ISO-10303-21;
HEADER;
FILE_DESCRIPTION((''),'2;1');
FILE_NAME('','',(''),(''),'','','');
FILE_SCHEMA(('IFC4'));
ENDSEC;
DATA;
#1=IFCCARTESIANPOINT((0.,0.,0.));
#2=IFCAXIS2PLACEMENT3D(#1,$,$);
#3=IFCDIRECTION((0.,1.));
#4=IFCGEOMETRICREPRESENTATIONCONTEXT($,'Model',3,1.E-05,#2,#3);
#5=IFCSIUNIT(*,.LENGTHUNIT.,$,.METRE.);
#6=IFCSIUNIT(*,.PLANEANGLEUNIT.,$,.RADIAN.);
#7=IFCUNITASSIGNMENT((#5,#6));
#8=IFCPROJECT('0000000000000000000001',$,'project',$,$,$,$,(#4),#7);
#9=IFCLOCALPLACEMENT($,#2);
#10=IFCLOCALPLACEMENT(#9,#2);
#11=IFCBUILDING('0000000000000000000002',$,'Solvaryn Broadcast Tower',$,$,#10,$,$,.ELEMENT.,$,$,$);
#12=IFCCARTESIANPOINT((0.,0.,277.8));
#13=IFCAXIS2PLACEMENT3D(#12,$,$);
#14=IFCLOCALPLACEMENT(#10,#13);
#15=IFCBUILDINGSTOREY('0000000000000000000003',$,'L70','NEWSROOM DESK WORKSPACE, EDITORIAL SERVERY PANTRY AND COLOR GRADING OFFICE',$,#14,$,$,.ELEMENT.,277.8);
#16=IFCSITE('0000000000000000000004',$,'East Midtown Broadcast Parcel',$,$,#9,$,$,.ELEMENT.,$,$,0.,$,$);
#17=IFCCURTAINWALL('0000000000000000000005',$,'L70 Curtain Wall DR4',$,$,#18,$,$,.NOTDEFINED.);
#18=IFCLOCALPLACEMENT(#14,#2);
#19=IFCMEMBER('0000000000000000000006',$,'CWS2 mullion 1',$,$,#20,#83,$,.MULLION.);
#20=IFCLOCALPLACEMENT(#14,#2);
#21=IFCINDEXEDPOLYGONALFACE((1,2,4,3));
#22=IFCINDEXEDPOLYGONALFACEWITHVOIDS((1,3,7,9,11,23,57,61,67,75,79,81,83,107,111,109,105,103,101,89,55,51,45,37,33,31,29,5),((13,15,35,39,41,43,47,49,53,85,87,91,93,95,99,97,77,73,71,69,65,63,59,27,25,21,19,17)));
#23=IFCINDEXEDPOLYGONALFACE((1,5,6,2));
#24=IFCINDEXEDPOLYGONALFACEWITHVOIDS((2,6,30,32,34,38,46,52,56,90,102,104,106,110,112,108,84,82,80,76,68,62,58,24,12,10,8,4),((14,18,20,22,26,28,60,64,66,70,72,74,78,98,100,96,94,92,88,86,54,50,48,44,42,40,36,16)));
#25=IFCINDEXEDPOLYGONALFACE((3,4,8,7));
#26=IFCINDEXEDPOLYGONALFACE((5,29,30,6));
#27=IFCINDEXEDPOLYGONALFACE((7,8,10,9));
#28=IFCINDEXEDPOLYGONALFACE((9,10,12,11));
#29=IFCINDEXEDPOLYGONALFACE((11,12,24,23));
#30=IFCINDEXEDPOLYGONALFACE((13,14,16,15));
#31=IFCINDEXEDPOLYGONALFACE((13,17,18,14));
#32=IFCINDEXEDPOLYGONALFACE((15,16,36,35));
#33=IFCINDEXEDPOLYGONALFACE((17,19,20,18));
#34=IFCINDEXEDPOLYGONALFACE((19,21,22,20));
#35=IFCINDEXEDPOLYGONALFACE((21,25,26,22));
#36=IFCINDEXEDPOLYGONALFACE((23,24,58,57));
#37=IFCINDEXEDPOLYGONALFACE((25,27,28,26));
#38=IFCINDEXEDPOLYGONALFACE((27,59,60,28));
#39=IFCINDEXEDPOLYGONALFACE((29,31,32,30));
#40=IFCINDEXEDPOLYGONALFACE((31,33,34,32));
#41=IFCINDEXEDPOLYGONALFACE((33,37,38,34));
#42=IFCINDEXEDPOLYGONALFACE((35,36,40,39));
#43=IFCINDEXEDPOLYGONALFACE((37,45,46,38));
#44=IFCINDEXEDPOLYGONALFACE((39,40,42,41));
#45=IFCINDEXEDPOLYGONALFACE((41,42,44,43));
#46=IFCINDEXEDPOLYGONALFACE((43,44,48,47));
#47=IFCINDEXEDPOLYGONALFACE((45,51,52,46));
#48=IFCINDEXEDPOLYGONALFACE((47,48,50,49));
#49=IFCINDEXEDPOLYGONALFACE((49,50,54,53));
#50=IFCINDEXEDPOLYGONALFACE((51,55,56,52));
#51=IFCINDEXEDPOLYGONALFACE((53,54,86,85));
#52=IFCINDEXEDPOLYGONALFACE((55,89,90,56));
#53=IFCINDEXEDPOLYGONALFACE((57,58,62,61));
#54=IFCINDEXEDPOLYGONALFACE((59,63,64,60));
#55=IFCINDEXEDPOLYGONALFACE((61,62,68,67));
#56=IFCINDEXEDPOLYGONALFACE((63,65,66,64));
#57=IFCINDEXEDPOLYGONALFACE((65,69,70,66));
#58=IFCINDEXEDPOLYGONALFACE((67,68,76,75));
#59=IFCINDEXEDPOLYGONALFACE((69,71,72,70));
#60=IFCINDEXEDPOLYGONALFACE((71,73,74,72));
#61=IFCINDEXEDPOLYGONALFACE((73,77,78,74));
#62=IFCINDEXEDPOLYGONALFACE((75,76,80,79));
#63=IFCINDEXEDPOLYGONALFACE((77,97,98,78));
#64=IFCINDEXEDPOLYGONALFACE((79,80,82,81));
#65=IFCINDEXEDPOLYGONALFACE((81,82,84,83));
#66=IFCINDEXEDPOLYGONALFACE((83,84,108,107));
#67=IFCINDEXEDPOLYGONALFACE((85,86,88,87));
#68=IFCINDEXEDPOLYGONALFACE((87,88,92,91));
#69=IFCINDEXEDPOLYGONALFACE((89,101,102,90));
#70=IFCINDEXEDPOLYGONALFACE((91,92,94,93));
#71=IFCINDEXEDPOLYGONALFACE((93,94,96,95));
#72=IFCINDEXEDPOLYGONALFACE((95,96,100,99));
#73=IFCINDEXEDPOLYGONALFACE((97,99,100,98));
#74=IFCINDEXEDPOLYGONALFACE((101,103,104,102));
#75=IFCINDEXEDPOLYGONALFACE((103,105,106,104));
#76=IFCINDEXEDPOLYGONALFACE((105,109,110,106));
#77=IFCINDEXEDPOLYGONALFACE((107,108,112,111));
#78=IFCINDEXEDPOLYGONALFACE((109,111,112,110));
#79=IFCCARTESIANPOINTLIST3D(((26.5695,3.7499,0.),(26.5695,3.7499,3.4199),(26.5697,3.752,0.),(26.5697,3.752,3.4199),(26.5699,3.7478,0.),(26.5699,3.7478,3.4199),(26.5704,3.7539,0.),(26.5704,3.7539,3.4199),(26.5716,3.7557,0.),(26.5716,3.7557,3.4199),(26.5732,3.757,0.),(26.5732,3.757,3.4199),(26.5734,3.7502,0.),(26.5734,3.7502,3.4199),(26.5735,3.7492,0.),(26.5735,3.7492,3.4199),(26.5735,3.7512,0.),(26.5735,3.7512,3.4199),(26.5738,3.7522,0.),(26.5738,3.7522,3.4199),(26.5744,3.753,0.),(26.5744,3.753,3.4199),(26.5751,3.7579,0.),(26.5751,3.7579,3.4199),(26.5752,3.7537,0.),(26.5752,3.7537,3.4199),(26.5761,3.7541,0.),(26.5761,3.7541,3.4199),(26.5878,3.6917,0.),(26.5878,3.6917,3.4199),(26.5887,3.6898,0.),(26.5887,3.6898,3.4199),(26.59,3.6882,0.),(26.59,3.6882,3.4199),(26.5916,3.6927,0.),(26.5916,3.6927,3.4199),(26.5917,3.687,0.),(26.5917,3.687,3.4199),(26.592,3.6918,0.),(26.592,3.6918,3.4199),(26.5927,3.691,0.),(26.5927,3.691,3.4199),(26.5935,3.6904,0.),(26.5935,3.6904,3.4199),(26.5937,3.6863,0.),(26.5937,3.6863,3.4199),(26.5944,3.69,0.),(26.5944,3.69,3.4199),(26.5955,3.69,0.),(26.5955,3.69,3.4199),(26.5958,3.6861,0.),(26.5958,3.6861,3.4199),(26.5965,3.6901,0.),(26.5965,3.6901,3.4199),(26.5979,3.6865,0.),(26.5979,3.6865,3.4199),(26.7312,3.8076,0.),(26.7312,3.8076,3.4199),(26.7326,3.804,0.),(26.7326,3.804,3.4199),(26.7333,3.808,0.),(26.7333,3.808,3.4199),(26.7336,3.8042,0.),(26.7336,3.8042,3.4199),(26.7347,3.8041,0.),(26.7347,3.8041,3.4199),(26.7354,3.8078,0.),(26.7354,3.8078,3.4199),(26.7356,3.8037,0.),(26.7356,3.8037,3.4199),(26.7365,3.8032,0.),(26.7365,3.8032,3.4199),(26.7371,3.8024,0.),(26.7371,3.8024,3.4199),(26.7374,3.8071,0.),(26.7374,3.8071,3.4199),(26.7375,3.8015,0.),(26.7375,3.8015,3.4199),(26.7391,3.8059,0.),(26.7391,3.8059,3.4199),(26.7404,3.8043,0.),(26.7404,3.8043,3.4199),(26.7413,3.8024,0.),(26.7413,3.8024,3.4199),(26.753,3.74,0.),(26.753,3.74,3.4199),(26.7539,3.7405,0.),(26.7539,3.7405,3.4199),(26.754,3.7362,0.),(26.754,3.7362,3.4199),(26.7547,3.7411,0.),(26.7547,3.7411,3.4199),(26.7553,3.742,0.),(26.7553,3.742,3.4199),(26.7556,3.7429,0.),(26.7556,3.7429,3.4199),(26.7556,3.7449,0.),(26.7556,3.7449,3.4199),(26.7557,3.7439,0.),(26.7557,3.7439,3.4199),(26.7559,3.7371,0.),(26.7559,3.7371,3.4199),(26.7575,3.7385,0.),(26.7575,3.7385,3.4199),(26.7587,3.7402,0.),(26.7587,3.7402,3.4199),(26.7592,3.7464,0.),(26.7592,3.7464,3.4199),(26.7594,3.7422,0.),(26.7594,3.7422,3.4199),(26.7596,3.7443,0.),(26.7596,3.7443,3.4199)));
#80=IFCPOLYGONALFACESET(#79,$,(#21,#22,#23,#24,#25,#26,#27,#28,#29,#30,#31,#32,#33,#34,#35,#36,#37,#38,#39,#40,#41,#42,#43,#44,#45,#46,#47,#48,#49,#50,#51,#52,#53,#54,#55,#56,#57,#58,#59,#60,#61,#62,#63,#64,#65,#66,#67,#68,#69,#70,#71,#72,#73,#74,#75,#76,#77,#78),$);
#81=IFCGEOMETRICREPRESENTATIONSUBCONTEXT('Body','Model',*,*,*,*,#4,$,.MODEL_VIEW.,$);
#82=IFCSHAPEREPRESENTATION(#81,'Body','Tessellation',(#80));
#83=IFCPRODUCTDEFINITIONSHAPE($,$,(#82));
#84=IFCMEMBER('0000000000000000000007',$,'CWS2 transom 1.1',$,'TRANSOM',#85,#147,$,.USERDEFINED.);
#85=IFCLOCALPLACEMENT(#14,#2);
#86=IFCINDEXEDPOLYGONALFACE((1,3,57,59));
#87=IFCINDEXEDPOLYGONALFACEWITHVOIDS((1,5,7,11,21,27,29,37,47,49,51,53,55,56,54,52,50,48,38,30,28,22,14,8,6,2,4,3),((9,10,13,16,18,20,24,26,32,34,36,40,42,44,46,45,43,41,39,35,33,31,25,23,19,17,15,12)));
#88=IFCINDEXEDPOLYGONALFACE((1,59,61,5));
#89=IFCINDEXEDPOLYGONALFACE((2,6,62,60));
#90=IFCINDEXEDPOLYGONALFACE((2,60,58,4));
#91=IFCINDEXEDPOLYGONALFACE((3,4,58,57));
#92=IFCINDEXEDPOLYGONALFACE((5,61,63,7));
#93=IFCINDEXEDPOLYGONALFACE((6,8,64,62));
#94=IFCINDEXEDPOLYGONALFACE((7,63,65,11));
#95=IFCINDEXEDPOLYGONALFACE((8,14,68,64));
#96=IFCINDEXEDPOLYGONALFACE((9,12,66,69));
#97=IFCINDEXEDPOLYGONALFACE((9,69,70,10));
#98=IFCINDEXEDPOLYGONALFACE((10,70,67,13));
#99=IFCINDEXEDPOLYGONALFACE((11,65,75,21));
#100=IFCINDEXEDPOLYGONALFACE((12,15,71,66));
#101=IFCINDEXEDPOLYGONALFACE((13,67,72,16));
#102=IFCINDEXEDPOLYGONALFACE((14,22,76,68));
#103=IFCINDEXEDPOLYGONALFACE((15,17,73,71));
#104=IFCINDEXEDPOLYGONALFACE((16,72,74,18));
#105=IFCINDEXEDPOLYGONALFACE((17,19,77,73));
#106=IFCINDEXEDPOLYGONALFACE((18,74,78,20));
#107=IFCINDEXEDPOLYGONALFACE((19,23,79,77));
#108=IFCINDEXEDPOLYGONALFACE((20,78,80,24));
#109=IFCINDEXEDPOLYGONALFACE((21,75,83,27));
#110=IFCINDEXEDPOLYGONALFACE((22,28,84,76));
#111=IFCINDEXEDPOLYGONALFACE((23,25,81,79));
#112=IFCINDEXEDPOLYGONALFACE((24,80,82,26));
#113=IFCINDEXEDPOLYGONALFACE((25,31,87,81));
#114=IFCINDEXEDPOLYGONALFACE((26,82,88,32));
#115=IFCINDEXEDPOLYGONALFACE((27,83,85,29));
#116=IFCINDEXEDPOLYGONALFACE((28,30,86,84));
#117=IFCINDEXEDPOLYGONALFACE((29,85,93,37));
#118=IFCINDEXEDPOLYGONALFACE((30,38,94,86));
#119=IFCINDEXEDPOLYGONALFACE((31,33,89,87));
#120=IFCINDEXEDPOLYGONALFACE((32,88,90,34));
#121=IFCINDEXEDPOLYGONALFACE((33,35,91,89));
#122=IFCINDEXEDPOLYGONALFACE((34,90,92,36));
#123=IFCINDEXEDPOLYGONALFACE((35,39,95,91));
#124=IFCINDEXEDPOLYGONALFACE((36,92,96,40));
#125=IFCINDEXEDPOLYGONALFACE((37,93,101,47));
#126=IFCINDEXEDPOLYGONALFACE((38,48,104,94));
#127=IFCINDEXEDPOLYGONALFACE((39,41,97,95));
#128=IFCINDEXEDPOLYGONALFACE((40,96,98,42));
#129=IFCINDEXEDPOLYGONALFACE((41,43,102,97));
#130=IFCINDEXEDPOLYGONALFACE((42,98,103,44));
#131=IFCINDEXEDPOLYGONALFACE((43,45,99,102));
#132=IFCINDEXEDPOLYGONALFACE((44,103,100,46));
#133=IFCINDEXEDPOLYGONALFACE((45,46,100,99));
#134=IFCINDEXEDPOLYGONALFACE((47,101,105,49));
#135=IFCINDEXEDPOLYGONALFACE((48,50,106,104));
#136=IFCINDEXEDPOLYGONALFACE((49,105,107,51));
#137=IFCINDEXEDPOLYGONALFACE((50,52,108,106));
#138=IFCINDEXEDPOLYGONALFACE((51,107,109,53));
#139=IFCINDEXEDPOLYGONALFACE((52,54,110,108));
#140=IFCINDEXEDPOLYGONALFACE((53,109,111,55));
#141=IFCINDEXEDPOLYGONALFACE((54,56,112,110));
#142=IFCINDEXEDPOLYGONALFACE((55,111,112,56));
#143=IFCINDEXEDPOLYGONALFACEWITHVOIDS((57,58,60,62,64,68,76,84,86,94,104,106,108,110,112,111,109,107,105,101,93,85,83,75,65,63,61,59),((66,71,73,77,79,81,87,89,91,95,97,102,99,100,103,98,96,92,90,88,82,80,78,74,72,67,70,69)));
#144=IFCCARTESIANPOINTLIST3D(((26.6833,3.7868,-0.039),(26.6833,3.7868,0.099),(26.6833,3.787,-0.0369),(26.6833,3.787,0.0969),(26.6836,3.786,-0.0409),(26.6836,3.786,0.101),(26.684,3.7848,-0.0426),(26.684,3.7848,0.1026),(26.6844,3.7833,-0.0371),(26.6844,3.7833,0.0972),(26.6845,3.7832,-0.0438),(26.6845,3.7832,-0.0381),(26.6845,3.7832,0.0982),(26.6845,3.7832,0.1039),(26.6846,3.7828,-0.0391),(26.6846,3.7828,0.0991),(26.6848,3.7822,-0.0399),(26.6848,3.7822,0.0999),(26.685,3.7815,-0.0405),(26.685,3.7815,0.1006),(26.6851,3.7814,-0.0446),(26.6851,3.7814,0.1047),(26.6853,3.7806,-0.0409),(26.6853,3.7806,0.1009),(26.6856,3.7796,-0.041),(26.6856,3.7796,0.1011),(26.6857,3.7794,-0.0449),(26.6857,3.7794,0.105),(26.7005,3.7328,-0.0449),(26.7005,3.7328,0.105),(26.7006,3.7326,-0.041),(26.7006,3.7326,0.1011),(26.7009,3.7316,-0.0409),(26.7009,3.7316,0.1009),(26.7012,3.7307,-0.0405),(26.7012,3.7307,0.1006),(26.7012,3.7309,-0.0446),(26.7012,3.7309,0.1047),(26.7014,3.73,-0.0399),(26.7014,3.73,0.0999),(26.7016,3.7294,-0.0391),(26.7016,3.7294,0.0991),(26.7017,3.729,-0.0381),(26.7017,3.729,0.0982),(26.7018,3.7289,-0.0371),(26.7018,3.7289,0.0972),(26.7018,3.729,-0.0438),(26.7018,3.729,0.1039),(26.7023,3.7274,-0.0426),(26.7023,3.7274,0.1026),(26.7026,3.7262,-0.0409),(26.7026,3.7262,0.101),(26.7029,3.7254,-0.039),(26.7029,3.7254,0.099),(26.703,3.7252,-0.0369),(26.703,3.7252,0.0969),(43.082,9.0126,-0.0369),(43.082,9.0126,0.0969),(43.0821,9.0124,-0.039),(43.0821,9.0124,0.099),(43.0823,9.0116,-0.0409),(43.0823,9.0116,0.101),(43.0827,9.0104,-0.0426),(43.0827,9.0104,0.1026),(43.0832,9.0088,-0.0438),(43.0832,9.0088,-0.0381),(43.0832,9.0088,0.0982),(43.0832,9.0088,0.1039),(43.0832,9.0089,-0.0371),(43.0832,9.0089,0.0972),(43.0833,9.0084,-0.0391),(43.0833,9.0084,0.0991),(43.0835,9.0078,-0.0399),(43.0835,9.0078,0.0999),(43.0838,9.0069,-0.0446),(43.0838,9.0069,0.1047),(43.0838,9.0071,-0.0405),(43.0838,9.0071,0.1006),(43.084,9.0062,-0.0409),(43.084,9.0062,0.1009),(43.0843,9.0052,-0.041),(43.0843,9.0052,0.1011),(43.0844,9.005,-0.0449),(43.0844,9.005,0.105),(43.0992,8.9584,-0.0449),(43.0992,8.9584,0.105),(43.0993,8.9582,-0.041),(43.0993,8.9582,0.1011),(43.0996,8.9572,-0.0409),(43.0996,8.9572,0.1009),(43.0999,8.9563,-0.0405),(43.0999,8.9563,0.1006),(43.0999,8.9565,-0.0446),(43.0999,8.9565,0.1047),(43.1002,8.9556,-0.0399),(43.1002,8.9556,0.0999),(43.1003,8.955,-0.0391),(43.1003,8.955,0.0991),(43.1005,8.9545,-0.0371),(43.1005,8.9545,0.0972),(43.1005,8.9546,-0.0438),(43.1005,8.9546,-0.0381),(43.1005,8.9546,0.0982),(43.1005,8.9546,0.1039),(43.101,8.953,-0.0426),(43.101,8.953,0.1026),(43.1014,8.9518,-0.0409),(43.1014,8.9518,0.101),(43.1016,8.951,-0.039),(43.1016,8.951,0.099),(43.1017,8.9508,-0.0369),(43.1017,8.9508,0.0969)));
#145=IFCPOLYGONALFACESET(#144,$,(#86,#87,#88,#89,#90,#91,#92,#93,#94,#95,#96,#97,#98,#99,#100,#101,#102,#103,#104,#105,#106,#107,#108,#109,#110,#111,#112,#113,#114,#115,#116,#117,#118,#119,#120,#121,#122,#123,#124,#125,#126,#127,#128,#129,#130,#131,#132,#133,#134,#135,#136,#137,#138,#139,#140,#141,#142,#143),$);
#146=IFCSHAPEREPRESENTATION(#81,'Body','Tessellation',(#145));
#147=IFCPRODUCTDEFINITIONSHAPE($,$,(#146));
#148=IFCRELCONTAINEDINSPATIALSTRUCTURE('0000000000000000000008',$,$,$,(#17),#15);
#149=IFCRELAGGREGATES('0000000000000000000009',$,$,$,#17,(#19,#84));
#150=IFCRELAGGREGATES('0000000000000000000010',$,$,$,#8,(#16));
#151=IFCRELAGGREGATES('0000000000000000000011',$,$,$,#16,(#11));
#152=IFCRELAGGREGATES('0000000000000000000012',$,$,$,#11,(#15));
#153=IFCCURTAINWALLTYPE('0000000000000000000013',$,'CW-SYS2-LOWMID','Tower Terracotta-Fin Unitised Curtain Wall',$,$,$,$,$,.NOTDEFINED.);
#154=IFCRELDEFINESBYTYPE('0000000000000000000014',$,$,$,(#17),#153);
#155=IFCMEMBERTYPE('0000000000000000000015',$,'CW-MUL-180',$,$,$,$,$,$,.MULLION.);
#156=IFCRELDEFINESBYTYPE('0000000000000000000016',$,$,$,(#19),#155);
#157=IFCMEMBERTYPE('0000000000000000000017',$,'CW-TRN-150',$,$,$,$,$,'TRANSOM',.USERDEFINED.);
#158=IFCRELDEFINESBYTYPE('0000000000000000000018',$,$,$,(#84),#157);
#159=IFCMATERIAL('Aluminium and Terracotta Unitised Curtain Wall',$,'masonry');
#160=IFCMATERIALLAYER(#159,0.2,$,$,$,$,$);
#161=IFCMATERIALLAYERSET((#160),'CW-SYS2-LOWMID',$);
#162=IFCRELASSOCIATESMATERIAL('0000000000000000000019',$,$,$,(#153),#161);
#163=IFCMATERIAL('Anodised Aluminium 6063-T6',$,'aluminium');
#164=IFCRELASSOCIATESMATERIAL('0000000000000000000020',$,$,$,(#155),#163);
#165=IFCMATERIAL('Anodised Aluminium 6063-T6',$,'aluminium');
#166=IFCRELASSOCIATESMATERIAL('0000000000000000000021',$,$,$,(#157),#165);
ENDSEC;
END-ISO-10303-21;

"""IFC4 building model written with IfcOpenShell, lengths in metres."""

from ifc_helpers import new_model, si_unit, direction, frame, origin, origin_2d, place, context, subcontext, project, spatial, hollow_rectangle, extrude, material, layer, layer_set, material_profile, profile_set, type_object, element, aggregate, save


model = new_model("IFC4")

# Units and contexts
model_context = context("Model", 3, precision=1e-05, world=origin(), true_north=direction((0.0, 1.0)))
body_context = subcontext(model_context, "Body", "Model", "MODEL_VIEW")
ifc_project = project(units=[si_unit("LENGTHUNIT", "METRE"), si_unit("PLANEANGLEUNIT", "RADIAN")], contexts=[model_context])

# Site, building, storey
site_placement = place(None, origin())
site = spatial("IfcSite", under=ifc_project, at=site_placement, Name="East Midtown Broadcast Parcel", CompositionType="ELEMENT", RefElevation=0.0)
building_placement = place(site_placement, origin())
building = spatial("IfcBuilding", under=site, at=building_placement, Name="Solvaryn Broadcast Tower", CompositionType="ELEMENT")
storey_placement = place(building_placement, frame((0.0, 0.0, 277.8)))
storey = spatial("IfcBuildingStorey", under=building, at=storey_placement, Name="L70", Description="NEWSROOM DESK WORKSPACE, EDITORIAL SERVERY PANTRY AND COLOR GRADING OFFICE", CompositionType="ELEMENT", Elevation=277.8)

# Shared definitions
ifc_material_1 = material(Name="Aluminium and Terracotta Unitised Curtain Wall", Category="masonry")
ifc_layer_1 = layer(ifc_material_1, 0.2)
ifc_layer_set_1 = layer_set([ifc_layer_1], Name="CW-SYS2-LOWMID")
curtain_wall_type = type_object("IfcCurtainWallType", Name="CW-SYS2-LOWMID", Description="Tower Terracotta-Fin Unitised Curtain Wall", PredefinedType="NOTDEFINED", material=ifc_layer_set_1)
ifc_material_2 = material(Name="Anodised Aluminium 6063-T6", Category="aluminium")
ifc_material_profile_1 = material_profile(ifc_material_2, hollow_rectangle(XDim=0.075, YDim=0.1799, WallThickness=0.0039, InnerFilletRadius=0.0039, OuterFilletRadius=0.0081, at=origin_2d()))
ifc_profile_set_1 = profile_set([ifc_material_profile_1], Name="Anodised Aluminium 6063-T6")
member_type_1 = type_object("IfcMemberType", Name="CW-MUL-180", PredefinedType="MULLION", material=ifc_profile_set_1)

# Curtain wall, members
curtain_wall_1_placement = place(storey_placement, origin())
curtain_wall_1 = element("IfcCurtainWall", 1, at=curtain_wall_1_placement, inside=storey, type_object=curtain_wall_type, Name="L70 Curtain Wall DR4", PredefinedType="NOTDEFINED")
member_1_placement = place(storey_placement, frame((26.6646, 3.7471, 0.0), z_axis=(0.0, 0.0, 1.0), x_axis=(-0.303616, 0.952795, 0.0)))
member_1 = element("IfcMember", 2, at=member_1_placement, type_object=member_type_1, Name="CWS2 mullion 1", PredefinedType="MULLION", context=body_context, shape_type="SweptSolid", body=[
    extrude(hollow_rectangle(XDim=0.075, YDim=0.1799, WallThickness=0.0039, InnerFilletRadius=0.0039, OuterFilletRadius=0.0081, at=origin_2d()), origin(), (0.0, 0.0, 1.0), 3.4199),
])
ifc_material_3 = material(Name="Anodised Aluminium 6063-T6", Category="aluminium")
ifc_material_profile_2 = material_profile(ifc_material_3, hollow_rectangle(XDim=0.0649, YDim=0.1499, WallThickness=0.0039, InnerFilletRadius=0.0039, OuterFilletRadius=0.0081, at=origin_2d()))
ifc_profile_set_2 = profile_set([ifc_material_profile_2], Name="Anodised Aluminium 6063-T6")
member_type_2 = type_object("IfcMemberType", Name="CW-TRN-150", ElementType="TRANSOM", PredefinedType="USERDEFINED", material=ifc_profile_set_2)
member_2_placement = place(storey_placement, frame((26.6931, 3.7561, 0.03), z_axis=(0.952794, 0.303616, 0.0), x_axis=(-0.303616, 0.952794, 0.0)))
member_2 = element("IfcMember", 3, at=member_2_placement, type_object=member_type_2, Name="CWS2 transom 1.1", ObjectType="TRANSOM", PredefinedType="USERDEFINED", context=body_context, shape_type="SweptSolid", body=[
    extrude(hollow_rectangle(XDim=0.0649, YDim=0.1499, WallThickness=0.0039, InnerFilletRadius=0.0039, OuterFilletRadius=0.0081, at=origin_2d()), origin(), (0.0, 0.0, 1.0), 17.2112),
])
aggregate(curtain_wall_1, [member_1, member_2])

save(model, "model.ifc")
